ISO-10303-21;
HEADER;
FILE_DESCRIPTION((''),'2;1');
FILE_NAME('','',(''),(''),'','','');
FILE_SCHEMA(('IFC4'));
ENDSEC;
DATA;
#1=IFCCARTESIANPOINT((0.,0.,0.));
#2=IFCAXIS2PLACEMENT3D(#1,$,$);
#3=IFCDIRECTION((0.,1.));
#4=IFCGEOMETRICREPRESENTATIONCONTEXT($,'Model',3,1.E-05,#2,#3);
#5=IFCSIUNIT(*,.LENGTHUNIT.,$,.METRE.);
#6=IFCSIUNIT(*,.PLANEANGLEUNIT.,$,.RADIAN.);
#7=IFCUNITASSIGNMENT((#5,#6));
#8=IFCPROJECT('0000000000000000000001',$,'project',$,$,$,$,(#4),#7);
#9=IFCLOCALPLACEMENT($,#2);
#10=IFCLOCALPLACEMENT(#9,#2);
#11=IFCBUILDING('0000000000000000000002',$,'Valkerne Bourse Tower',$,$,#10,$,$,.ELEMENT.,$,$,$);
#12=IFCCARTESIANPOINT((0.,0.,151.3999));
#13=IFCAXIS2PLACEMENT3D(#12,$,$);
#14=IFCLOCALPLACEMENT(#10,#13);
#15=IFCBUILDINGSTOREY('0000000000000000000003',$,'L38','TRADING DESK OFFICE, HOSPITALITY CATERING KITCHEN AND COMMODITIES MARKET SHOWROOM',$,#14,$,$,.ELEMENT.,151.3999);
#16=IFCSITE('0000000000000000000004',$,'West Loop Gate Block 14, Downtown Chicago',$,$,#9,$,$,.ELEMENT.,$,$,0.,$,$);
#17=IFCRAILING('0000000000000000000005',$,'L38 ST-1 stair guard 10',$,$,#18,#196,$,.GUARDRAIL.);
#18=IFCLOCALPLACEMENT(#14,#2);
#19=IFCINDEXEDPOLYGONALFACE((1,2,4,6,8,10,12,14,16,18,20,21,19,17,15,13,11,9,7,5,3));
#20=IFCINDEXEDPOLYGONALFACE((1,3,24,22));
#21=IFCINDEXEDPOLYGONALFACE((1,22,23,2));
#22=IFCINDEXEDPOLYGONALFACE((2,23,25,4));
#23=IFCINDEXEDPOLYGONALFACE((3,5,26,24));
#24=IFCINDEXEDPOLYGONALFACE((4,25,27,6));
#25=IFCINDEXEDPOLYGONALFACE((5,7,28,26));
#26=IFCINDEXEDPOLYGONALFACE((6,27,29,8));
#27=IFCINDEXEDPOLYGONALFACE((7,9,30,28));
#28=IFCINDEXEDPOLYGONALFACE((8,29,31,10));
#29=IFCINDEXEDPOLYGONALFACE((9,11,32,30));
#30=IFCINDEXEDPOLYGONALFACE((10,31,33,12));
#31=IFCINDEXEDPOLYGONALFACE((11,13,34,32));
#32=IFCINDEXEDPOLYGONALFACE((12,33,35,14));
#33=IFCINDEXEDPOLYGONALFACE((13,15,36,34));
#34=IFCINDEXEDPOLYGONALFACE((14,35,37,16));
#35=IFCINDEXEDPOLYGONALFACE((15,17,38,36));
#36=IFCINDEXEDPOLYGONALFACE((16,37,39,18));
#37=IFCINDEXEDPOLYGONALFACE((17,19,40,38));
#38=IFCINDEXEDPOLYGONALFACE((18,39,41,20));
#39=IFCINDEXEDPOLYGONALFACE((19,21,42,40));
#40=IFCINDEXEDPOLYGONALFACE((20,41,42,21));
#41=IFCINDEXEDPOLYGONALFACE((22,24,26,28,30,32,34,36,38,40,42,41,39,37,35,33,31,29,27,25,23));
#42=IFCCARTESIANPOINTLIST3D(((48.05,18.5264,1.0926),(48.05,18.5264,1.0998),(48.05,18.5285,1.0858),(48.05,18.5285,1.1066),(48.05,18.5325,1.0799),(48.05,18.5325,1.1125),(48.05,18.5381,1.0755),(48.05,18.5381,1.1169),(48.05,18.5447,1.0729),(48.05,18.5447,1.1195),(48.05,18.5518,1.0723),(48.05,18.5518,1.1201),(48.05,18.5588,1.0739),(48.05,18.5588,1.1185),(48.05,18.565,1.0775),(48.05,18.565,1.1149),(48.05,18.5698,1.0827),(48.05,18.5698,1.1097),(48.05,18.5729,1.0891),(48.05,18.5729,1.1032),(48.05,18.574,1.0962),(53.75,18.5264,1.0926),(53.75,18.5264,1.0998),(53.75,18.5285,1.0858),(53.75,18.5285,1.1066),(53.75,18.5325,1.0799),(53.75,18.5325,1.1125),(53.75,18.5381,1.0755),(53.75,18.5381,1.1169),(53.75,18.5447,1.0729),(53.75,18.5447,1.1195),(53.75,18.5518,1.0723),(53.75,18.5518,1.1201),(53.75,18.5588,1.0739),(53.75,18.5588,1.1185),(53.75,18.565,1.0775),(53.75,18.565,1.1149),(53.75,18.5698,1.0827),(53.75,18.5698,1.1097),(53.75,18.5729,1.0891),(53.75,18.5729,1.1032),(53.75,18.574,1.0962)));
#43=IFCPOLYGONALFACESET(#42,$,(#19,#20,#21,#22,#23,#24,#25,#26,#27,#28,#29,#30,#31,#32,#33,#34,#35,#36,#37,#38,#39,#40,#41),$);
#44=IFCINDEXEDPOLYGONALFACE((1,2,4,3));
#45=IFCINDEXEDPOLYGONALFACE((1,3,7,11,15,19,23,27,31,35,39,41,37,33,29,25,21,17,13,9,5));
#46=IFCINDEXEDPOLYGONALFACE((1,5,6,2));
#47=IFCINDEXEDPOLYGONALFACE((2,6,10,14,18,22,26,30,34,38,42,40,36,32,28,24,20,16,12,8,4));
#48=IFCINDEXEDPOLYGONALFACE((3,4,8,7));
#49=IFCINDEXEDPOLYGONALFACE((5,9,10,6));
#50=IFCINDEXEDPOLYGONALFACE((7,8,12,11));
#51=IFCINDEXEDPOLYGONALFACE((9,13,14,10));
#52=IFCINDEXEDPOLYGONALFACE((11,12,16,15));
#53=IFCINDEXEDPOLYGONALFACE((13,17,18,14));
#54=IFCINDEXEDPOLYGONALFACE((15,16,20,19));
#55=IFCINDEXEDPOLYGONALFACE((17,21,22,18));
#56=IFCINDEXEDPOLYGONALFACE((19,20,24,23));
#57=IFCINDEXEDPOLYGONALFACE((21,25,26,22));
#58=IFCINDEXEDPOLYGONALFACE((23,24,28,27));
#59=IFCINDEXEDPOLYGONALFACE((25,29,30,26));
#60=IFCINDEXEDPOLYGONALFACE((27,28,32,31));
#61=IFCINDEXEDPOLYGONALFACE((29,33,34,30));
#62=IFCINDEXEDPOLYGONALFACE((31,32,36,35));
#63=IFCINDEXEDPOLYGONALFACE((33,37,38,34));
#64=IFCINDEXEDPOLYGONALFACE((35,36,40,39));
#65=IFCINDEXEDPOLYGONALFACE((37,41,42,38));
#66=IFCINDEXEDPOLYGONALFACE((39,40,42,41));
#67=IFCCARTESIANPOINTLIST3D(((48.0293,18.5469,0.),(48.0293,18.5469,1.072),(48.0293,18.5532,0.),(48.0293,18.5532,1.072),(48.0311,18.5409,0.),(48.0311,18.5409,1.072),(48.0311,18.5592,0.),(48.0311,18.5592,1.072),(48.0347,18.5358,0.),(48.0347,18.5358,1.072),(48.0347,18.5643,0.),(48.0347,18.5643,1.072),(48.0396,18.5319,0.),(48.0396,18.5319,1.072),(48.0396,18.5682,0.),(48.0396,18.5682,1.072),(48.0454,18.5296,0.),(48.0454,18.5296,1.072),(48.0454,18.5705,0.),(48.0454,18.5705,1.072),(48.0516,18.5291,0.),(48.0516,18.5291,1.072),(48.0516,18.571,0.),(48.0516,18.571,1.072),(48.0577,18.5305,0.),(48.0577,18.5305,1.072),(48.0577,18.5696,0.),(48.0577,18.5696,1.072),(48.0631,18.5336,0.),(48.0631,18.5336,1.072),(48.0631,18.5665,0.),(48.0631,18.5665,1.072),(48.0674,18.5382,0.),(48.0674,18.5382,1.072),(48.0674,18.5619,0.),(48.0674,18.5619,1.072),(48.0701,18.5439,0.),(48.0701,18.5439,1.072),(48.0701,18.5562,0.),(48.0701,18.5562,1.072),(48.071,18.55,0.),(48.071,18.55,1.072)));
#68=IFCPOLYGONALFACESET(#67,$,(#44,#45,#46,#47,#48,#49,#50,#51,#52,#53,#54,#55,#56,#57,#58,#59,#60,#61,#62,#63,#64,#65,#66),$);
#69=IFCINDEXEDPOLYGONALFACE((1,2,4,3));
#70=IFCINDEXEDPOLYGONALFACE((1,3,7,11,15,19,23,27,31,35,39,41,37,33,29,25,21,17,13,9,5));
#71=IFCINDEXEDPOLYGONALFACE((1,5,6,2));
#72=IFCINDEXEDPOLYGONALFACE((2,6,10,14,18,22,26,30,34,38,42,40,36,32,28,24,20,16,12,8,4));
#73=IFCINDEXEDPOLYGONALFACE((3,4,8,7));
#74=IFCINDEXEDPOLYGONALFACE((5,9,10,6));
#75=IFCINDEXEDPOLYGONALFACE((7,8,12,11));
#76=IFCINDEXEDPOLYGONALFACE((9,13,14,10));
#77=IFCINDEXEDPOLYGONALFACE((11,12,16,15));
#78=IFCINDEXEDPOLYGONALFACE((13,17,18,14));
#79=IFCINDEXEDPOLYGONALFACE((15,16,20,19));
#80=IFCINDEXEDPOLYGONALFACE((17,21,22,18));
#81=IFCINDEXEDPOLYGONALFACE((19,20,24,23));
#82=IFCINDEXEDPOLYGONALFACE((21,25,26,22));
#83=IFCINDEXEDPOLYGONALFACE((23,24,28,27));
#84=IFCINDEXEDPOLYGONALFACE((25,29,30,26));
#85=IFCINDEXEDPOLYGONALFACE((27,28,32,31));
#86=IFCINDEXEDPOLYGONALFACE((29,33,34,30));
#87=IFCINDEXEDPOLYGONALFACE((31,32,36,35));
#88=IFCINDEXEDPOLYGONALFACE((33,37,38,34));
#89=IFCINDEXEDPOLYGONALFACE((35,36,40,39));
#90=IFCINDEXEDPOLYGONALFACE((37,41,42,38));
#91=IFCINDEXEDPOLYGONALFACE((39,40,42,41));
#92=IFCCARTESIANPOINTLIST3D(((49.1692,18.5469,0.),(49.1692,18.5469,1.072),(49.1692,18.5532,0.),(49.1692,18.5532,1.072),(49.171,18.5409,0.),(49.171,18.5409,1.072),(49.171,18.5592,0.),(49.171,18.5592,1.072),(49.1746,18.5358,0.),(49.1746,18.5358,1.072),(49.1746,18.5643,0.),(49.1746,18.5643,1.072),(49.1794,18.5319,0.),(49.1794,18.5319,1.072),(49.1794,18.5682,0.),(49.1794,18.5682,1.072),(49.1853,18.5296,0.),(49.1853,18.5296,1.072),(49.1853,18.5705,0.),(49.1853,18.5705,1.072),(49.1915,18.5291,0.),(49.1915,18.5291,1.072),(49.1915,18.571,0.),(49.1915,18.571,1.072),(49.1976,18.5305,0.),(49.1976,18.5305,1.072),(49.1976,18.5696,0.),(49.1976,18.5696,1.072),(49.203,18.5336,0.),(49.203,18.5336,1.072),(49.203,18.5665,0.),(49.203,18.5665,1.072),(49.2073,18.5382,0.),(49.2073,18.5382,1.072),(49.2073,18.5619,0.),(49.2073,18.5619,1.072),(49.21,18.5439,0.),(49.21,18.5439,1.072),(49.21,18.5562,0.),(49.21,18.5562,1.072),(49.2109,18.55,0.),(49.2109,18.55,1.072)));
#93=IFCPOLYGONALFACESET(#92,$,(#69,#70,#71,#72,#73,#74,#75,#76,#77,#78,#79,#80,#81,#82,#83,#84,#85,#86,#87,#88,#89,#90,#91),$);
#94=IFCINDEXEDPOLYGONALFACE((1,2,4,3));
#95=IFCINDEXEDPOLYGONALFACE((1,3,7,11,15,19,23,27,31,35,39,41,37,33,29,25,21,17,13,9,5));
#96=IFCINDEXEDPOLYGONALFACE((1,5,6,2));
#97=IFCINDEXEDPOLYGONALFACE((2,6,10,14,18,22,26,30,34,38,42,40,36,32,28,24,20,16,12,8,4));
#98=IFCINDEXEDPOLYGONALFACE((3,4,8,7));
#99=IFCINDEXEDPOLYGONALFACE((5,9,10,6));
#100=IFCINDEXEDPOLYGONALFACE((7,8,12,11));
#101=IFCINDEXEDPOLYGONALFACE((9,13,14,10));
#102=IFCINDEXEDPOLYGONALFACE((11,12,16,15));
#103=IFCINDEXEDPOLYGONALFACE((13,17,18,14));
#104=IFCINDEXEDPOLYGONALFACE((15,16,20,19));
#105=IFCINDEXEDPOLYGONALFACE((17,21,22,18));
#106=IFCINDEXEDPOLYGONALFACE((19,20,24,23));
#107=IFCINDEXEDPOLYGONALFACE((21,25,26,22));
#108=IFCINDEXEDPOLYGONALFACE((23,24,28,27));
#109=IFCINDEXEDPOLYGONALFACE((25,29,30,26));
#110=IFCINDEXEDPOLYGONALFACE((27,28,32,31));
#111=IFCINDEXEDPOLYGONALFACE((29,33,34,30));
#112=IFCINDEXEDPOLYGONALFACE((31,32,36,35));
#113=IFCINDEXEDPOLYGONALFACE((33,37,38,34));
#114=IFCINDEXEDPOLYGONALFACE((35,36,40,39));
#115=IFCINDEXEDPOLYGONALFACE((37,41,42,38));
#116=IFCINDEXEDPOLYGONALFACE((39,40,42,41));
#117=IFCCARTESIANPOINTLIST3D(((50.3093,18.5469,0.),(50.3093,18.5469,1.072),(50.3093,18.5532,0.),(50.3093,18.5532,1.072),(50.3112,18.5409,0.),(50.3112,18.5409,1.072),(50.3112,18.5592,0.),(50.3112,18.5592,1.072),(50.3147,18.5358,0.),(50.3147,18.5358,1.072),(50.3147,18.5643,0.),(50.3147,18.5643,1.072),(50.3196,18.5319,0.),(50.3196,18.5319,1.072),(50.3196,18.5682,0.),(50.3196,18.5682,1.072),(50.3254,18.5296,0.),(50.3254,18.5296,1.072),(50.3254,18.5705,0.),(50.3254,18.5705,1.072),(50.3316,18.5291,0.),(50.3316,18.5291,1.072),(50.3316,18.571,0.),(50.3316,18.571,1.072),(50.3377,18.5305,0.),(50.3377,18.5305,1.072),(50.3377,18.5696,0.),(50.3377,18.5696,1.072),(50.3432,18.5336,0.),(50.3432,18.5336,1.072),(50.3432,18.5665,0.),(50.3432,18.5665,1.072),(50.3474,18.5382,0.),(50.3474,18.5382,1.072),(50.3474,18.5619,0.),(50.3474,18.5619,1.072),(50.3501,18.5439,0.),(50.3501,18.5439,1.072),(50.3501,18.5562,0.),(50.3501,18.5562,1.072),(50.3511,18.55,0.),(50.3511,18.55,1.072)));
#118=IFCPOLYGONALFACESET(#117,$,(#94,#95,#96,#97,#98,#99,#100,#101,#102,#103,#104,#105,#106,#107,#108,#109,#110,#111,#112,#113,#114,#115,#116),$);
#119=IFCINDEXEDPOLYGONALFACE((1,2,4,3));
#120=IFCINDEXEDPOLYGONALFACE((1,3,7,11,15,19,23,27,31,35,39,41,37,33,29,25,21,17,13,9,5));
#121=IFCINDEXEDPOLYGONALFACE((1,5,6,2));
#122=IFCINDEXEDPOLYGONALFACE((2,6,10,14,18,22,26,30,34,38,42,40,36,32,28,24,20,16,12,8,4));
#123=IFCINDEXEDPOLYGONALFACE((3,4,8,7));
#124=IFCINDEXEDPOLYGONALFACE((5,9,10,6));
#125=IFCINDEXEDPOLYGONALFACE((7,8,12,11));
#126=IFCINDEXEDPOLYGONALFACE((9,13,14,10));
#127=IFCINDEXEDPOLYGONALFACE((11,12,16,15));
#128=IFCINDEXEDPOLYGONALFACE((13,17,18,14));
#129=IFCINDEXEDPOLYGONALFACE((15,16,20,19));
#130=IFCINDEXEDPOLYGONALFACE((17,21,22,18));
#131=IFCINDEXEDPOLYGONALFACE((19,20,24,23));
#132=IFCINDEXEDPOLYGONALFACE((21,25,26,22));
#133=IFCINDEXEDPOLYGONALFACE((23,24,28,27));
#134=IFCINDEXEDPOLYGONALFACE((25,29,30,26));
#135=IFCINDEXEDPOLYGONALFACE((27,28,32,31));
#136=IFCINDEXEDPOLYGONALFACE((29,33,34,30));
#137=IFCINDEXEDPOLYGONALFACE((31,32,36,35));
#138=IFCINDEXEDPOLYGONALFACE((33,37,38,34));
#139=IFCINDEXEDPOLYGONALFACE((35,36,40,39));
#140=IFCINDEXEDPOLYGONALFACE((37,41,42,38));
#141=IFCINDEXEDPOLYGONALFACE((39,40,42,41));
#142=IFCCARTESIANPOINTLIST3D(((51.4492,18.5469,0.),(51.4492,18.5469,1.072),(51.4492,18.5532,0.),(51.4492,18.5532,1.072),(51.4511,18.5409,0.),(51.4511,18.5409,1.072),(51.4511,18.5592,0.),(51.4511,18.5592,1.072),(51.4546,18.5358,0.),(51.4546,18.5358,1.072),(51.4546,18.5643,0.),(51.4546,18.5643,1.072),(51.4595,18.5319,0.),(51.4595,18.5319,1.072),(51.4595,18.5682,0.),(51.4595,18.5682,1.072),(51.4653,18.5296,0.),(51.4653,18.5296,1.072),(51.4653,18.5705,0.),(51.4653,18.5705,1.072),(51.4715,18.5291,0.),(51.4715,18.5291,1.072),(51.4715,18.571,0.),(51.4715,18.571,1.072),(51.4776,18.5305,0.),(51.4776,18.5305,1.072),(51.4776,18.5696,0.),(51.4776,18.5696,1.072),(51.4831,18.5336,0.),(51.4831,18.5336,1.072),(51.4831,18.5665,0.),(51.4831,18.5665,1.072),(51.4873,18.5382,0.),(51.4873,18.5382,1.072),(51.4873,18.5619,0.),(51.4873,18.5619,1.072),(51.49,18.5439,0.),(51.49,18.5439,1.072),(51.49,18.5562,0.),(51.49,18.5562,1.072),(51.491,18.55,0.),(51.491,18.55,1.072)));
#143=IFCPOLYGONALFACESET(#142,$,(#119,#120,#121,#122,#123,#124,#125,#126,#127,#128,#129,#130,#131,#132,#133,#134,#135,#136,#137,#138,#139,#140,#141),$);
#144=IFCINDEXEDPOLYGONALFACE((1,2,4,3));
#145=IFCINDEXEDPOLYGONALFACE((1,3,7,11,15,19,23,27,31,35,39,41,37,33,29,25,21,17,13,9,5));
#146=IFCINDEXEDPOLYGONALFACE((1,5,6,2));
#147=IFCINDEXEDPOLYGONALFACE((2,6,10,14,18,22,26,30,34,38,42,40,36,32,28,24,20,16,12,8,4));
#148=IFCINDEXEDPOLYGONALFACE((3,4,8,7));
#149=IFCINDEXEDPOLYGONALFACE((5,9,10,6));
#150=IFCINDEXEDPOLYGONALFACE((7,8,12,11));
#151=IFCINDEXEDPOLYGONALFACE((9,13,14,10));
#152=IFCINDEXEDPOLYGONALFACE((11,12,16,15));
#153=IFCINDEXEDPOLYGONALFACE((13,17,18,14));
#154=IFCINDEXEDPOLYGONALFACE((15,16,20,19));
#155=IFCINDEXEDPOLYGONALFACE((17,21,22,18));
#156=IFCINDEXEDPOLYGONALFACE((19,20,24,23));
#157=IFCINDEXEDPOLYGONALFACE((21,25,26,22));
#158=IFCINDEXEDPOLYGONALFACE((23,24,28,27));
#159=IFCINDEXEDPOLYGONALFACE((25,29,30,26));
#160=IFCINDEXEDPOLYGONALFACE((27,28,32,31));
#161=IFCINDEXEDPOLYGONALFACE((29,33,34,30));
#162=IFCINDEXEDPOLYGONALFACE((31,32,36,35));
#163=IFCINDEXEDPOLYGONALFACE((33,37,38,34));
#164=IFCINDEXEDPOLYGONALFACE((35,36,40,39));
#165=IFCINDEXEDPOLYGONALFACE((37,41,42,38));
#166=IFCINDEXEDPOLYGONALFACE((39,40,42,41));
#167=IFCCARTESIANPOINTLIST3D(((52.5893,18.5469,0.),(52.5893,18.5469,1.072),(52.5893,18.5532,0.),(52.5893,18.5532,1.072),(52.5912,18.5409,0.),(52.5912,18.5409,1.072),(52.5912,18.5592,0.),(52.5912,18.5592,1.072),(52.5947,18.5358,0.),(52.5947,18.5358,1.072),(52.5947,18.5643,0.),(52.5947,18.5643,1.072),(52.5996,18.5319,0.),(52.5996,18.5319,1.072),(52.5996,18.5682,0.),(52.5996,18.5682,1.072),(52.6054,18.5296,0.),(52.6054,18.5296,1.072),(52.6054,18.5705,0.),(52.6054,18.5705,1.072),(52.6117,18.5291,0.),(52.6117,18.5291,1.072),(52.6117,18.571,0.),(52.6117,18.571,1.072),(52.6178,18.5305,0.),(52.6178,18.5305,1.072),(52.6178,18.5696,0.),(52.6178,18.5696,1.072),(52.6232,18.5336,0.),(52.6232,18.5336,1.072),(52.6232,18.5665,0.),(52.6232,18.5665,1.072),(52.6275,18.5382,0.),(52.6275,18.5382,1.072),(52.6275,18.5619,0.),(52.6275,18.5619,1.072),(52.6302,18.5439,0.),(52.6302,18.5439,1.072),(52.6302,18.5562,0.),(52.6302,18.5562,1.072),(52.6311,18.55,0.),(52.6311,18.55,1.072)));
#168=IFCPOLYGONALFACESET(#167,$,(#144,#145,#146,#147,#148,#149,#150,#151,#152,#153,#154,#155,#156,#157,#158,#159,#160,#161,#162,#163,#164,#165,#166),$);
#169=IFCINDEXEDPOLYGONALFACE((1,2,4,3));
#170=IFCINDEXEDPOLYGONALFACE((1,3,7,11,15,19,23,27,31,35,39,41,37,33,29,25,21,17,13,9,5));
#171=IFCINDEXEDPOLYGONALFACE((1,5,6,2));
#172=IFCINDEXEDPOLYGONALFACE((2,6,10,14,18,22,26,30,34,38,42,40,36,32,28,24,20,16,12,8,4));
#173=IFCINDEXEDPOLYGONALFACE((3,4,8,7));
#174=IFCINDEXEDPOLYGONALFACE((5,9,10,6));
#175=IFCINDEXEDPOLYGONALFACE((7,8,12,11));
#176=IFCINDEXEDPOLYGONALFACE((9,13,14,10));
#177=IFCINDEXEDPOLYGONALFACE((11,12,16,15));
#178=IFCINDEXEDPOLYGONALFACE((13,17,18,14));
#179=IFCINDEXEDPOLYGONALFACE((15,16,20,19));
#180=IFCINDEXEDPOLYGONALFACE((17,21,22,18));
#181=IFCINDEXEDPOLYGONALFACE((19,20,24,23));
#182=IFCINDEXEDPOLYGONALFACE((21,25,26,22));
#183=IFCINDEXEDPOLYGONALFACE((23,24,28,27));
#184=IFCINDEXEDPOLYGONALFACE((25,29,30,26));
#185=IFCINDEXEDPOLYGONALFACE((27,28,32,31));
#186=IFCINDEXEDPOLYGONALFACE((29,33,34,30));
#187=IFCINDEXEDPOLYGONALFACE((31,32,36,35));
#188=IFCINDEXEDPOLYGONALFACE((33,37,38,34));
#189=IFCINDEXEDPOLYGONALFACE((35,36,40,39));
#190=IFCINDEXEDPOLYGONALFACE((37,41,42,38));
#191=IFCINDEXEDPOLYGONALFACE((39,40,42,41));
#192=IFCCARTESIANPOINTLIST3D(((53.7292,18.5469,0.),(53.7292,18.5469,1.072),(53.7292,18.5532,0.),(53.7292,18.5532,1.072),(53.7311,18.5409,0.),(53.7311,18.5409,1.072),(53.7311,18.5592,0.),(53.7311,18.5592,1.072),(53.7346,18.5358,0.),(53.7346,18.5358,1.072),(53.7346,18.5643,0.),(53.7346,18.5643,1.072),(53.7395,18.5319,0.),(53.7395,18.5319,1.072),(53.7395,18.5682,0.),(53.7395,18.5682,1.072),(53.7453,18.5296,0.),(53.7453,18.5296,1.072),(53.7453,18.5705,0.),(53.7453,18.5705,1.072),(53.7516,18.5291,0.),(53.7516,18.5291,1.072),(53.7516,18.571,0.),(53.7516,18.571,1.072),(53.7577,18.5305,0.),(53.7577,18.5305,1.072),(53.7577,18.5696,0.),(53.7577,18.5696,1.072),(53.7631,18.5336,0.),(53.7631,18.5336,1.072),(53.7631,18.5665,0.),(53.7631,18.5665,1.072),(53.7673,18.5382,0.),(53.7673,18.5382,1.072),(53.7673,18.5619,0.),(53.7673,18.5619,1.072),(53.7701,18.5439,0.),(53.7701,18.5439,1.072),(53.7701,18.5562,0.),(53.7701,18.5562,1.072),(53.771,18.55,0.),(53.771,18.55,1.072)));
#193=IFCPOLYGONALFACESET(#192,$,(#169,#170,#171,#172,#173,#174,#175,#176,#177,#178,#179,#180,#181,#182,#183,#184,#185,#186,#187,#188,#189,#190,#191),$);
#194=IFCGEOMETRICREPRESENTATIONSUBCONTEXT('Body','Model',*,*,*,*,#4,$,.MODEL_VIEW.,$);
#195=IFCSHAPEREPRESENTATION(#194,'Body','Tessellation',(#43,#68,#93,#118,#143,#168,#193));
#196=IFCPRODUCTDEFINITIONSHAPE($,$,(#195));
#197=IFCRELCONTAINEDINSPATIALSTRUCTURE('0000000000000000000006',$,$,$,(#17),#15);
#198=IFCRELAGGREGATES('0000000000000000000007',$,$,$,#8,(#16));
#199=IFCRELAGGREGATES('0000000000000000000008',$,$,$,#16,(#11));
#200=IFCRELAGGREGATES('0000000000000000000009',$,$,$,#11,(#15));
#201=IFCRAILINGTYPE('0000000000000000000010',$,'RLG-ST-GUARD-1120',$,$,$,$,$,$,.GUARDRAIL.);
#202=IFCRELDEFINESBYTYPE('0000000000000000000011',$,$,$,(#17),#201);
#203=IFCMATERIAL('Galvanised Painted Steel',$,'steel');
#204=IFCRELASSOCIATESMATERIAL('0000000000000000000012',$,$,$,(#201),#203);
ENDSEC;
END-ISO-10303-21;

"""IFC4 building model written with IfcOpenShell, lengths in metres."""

from ifc_helpers import new_model, si_unit, direction, frame, origin, origin_2d, place, context, subcontext, project, spatial, circle, extrude, material, type_object, element, save


model = new_model("IFC4")

# Units and contexts
model_context = context("Model", 3, precision=1e-05, world=origin(), true_north=direction((0.0, 1.0)))
body_context = subcontext(model_context, "Body", "Model", "MODEL_VIEW")
ifc_project = project(units=[si_unit("LENGTHUNIT", "METRE"), si_unit("PLANEANGLEUNIT", "RADIAN")], contexts=[model_context])

# Site, building, storey
site_placement = place(None, origin())
site = spatial("IfcSite", under=ifc_project, at=site_placement, Name="West Loop Gate Block 14, Downtown Chicago", CompositionType="ELEMENT", RefElevation=0.0)
building_placement = place(site_placement, origin())
building = spatial("IfcBuilding", under=site, at=building_placement, Name="Valkerne Bourse Tower", CompositionType="ELEMENT")
storey_placement = place(building_placement, frame((0.0, 0.0, 151.3999)))
storey = spatial("IfcBuildingStorey", under=building, at=storey_placement, Name="L38", Description="TRADING DESK OFFICE, HOSPITALITY CATERING KITCHEN AND COMMODITIES MARKET SHOWROOM", CompositionType="ELEMENT", Elevation=151.3999)

# Shared definitions
ifc_material_1 = material(Name="Galvanised Painted Steel", Category="steel")

# Railing
railing_type_1 = type_object("IfcRailingType", Name="RLG-ST-GUARD-1120", PredefinedType="GUARDRAIL", material=ifc_material_1)
for number, where, name in (
    (1, (48.05, 18.55, 0.0), "L38 ST-1 stair guard 10"),
):
    element("IfcRailing", number, at=place(storey_placement, frame(where)), inside=storey, type_object=railing_type_1, Name=name, PredefinedType="GUARDRAIL", context=body_context, shape_type="SweptSolid", body=[
        extrude(circle(Radius=0.0239, at=origin_2d()), frame((0.0, 0.0, 1.0962), z_axis=(1.0, 0.0, 0.0), x_axis=(0.0, 1.0, 0.0)), (0.0, 0.0, 1.0), 5.7),
        extrude(circle(Radius=0.021, at=origin_2d()), origin(), (0.0, 0.0, 1.0), 1.072),
        extrude(circle(Radius=0.021, at=origin_2d()), frame((1.1399, 0.0, 0.0)), (0.0, 0.0, 1.0), 1.072),
        extrude(circle(Radius=0.021, at=origin_2d()), frame((2.28, 0.0, 0.0)), (0.0, 0.0, 1.0), 1.072),
        extrude(circle(Radius=0.021, at=origin_2d()), frame((3.4199, 0.0, 0.0)), (0.0, 0.0, 1.0), 1.072),
        extrude(circle(Radius=0.021, at=origin_2d()), frame((4.5601, 0.0, 0.0)), (0.0, 0.0, 1.0), 1.072),
        extrude(circle(Radius=0.021, at=origin_2d()), frame((5.7, 0.0, 0.0)), (0.0, 0.0, 1.0), 1.072),
    ])

save(model, "model.ifc")
